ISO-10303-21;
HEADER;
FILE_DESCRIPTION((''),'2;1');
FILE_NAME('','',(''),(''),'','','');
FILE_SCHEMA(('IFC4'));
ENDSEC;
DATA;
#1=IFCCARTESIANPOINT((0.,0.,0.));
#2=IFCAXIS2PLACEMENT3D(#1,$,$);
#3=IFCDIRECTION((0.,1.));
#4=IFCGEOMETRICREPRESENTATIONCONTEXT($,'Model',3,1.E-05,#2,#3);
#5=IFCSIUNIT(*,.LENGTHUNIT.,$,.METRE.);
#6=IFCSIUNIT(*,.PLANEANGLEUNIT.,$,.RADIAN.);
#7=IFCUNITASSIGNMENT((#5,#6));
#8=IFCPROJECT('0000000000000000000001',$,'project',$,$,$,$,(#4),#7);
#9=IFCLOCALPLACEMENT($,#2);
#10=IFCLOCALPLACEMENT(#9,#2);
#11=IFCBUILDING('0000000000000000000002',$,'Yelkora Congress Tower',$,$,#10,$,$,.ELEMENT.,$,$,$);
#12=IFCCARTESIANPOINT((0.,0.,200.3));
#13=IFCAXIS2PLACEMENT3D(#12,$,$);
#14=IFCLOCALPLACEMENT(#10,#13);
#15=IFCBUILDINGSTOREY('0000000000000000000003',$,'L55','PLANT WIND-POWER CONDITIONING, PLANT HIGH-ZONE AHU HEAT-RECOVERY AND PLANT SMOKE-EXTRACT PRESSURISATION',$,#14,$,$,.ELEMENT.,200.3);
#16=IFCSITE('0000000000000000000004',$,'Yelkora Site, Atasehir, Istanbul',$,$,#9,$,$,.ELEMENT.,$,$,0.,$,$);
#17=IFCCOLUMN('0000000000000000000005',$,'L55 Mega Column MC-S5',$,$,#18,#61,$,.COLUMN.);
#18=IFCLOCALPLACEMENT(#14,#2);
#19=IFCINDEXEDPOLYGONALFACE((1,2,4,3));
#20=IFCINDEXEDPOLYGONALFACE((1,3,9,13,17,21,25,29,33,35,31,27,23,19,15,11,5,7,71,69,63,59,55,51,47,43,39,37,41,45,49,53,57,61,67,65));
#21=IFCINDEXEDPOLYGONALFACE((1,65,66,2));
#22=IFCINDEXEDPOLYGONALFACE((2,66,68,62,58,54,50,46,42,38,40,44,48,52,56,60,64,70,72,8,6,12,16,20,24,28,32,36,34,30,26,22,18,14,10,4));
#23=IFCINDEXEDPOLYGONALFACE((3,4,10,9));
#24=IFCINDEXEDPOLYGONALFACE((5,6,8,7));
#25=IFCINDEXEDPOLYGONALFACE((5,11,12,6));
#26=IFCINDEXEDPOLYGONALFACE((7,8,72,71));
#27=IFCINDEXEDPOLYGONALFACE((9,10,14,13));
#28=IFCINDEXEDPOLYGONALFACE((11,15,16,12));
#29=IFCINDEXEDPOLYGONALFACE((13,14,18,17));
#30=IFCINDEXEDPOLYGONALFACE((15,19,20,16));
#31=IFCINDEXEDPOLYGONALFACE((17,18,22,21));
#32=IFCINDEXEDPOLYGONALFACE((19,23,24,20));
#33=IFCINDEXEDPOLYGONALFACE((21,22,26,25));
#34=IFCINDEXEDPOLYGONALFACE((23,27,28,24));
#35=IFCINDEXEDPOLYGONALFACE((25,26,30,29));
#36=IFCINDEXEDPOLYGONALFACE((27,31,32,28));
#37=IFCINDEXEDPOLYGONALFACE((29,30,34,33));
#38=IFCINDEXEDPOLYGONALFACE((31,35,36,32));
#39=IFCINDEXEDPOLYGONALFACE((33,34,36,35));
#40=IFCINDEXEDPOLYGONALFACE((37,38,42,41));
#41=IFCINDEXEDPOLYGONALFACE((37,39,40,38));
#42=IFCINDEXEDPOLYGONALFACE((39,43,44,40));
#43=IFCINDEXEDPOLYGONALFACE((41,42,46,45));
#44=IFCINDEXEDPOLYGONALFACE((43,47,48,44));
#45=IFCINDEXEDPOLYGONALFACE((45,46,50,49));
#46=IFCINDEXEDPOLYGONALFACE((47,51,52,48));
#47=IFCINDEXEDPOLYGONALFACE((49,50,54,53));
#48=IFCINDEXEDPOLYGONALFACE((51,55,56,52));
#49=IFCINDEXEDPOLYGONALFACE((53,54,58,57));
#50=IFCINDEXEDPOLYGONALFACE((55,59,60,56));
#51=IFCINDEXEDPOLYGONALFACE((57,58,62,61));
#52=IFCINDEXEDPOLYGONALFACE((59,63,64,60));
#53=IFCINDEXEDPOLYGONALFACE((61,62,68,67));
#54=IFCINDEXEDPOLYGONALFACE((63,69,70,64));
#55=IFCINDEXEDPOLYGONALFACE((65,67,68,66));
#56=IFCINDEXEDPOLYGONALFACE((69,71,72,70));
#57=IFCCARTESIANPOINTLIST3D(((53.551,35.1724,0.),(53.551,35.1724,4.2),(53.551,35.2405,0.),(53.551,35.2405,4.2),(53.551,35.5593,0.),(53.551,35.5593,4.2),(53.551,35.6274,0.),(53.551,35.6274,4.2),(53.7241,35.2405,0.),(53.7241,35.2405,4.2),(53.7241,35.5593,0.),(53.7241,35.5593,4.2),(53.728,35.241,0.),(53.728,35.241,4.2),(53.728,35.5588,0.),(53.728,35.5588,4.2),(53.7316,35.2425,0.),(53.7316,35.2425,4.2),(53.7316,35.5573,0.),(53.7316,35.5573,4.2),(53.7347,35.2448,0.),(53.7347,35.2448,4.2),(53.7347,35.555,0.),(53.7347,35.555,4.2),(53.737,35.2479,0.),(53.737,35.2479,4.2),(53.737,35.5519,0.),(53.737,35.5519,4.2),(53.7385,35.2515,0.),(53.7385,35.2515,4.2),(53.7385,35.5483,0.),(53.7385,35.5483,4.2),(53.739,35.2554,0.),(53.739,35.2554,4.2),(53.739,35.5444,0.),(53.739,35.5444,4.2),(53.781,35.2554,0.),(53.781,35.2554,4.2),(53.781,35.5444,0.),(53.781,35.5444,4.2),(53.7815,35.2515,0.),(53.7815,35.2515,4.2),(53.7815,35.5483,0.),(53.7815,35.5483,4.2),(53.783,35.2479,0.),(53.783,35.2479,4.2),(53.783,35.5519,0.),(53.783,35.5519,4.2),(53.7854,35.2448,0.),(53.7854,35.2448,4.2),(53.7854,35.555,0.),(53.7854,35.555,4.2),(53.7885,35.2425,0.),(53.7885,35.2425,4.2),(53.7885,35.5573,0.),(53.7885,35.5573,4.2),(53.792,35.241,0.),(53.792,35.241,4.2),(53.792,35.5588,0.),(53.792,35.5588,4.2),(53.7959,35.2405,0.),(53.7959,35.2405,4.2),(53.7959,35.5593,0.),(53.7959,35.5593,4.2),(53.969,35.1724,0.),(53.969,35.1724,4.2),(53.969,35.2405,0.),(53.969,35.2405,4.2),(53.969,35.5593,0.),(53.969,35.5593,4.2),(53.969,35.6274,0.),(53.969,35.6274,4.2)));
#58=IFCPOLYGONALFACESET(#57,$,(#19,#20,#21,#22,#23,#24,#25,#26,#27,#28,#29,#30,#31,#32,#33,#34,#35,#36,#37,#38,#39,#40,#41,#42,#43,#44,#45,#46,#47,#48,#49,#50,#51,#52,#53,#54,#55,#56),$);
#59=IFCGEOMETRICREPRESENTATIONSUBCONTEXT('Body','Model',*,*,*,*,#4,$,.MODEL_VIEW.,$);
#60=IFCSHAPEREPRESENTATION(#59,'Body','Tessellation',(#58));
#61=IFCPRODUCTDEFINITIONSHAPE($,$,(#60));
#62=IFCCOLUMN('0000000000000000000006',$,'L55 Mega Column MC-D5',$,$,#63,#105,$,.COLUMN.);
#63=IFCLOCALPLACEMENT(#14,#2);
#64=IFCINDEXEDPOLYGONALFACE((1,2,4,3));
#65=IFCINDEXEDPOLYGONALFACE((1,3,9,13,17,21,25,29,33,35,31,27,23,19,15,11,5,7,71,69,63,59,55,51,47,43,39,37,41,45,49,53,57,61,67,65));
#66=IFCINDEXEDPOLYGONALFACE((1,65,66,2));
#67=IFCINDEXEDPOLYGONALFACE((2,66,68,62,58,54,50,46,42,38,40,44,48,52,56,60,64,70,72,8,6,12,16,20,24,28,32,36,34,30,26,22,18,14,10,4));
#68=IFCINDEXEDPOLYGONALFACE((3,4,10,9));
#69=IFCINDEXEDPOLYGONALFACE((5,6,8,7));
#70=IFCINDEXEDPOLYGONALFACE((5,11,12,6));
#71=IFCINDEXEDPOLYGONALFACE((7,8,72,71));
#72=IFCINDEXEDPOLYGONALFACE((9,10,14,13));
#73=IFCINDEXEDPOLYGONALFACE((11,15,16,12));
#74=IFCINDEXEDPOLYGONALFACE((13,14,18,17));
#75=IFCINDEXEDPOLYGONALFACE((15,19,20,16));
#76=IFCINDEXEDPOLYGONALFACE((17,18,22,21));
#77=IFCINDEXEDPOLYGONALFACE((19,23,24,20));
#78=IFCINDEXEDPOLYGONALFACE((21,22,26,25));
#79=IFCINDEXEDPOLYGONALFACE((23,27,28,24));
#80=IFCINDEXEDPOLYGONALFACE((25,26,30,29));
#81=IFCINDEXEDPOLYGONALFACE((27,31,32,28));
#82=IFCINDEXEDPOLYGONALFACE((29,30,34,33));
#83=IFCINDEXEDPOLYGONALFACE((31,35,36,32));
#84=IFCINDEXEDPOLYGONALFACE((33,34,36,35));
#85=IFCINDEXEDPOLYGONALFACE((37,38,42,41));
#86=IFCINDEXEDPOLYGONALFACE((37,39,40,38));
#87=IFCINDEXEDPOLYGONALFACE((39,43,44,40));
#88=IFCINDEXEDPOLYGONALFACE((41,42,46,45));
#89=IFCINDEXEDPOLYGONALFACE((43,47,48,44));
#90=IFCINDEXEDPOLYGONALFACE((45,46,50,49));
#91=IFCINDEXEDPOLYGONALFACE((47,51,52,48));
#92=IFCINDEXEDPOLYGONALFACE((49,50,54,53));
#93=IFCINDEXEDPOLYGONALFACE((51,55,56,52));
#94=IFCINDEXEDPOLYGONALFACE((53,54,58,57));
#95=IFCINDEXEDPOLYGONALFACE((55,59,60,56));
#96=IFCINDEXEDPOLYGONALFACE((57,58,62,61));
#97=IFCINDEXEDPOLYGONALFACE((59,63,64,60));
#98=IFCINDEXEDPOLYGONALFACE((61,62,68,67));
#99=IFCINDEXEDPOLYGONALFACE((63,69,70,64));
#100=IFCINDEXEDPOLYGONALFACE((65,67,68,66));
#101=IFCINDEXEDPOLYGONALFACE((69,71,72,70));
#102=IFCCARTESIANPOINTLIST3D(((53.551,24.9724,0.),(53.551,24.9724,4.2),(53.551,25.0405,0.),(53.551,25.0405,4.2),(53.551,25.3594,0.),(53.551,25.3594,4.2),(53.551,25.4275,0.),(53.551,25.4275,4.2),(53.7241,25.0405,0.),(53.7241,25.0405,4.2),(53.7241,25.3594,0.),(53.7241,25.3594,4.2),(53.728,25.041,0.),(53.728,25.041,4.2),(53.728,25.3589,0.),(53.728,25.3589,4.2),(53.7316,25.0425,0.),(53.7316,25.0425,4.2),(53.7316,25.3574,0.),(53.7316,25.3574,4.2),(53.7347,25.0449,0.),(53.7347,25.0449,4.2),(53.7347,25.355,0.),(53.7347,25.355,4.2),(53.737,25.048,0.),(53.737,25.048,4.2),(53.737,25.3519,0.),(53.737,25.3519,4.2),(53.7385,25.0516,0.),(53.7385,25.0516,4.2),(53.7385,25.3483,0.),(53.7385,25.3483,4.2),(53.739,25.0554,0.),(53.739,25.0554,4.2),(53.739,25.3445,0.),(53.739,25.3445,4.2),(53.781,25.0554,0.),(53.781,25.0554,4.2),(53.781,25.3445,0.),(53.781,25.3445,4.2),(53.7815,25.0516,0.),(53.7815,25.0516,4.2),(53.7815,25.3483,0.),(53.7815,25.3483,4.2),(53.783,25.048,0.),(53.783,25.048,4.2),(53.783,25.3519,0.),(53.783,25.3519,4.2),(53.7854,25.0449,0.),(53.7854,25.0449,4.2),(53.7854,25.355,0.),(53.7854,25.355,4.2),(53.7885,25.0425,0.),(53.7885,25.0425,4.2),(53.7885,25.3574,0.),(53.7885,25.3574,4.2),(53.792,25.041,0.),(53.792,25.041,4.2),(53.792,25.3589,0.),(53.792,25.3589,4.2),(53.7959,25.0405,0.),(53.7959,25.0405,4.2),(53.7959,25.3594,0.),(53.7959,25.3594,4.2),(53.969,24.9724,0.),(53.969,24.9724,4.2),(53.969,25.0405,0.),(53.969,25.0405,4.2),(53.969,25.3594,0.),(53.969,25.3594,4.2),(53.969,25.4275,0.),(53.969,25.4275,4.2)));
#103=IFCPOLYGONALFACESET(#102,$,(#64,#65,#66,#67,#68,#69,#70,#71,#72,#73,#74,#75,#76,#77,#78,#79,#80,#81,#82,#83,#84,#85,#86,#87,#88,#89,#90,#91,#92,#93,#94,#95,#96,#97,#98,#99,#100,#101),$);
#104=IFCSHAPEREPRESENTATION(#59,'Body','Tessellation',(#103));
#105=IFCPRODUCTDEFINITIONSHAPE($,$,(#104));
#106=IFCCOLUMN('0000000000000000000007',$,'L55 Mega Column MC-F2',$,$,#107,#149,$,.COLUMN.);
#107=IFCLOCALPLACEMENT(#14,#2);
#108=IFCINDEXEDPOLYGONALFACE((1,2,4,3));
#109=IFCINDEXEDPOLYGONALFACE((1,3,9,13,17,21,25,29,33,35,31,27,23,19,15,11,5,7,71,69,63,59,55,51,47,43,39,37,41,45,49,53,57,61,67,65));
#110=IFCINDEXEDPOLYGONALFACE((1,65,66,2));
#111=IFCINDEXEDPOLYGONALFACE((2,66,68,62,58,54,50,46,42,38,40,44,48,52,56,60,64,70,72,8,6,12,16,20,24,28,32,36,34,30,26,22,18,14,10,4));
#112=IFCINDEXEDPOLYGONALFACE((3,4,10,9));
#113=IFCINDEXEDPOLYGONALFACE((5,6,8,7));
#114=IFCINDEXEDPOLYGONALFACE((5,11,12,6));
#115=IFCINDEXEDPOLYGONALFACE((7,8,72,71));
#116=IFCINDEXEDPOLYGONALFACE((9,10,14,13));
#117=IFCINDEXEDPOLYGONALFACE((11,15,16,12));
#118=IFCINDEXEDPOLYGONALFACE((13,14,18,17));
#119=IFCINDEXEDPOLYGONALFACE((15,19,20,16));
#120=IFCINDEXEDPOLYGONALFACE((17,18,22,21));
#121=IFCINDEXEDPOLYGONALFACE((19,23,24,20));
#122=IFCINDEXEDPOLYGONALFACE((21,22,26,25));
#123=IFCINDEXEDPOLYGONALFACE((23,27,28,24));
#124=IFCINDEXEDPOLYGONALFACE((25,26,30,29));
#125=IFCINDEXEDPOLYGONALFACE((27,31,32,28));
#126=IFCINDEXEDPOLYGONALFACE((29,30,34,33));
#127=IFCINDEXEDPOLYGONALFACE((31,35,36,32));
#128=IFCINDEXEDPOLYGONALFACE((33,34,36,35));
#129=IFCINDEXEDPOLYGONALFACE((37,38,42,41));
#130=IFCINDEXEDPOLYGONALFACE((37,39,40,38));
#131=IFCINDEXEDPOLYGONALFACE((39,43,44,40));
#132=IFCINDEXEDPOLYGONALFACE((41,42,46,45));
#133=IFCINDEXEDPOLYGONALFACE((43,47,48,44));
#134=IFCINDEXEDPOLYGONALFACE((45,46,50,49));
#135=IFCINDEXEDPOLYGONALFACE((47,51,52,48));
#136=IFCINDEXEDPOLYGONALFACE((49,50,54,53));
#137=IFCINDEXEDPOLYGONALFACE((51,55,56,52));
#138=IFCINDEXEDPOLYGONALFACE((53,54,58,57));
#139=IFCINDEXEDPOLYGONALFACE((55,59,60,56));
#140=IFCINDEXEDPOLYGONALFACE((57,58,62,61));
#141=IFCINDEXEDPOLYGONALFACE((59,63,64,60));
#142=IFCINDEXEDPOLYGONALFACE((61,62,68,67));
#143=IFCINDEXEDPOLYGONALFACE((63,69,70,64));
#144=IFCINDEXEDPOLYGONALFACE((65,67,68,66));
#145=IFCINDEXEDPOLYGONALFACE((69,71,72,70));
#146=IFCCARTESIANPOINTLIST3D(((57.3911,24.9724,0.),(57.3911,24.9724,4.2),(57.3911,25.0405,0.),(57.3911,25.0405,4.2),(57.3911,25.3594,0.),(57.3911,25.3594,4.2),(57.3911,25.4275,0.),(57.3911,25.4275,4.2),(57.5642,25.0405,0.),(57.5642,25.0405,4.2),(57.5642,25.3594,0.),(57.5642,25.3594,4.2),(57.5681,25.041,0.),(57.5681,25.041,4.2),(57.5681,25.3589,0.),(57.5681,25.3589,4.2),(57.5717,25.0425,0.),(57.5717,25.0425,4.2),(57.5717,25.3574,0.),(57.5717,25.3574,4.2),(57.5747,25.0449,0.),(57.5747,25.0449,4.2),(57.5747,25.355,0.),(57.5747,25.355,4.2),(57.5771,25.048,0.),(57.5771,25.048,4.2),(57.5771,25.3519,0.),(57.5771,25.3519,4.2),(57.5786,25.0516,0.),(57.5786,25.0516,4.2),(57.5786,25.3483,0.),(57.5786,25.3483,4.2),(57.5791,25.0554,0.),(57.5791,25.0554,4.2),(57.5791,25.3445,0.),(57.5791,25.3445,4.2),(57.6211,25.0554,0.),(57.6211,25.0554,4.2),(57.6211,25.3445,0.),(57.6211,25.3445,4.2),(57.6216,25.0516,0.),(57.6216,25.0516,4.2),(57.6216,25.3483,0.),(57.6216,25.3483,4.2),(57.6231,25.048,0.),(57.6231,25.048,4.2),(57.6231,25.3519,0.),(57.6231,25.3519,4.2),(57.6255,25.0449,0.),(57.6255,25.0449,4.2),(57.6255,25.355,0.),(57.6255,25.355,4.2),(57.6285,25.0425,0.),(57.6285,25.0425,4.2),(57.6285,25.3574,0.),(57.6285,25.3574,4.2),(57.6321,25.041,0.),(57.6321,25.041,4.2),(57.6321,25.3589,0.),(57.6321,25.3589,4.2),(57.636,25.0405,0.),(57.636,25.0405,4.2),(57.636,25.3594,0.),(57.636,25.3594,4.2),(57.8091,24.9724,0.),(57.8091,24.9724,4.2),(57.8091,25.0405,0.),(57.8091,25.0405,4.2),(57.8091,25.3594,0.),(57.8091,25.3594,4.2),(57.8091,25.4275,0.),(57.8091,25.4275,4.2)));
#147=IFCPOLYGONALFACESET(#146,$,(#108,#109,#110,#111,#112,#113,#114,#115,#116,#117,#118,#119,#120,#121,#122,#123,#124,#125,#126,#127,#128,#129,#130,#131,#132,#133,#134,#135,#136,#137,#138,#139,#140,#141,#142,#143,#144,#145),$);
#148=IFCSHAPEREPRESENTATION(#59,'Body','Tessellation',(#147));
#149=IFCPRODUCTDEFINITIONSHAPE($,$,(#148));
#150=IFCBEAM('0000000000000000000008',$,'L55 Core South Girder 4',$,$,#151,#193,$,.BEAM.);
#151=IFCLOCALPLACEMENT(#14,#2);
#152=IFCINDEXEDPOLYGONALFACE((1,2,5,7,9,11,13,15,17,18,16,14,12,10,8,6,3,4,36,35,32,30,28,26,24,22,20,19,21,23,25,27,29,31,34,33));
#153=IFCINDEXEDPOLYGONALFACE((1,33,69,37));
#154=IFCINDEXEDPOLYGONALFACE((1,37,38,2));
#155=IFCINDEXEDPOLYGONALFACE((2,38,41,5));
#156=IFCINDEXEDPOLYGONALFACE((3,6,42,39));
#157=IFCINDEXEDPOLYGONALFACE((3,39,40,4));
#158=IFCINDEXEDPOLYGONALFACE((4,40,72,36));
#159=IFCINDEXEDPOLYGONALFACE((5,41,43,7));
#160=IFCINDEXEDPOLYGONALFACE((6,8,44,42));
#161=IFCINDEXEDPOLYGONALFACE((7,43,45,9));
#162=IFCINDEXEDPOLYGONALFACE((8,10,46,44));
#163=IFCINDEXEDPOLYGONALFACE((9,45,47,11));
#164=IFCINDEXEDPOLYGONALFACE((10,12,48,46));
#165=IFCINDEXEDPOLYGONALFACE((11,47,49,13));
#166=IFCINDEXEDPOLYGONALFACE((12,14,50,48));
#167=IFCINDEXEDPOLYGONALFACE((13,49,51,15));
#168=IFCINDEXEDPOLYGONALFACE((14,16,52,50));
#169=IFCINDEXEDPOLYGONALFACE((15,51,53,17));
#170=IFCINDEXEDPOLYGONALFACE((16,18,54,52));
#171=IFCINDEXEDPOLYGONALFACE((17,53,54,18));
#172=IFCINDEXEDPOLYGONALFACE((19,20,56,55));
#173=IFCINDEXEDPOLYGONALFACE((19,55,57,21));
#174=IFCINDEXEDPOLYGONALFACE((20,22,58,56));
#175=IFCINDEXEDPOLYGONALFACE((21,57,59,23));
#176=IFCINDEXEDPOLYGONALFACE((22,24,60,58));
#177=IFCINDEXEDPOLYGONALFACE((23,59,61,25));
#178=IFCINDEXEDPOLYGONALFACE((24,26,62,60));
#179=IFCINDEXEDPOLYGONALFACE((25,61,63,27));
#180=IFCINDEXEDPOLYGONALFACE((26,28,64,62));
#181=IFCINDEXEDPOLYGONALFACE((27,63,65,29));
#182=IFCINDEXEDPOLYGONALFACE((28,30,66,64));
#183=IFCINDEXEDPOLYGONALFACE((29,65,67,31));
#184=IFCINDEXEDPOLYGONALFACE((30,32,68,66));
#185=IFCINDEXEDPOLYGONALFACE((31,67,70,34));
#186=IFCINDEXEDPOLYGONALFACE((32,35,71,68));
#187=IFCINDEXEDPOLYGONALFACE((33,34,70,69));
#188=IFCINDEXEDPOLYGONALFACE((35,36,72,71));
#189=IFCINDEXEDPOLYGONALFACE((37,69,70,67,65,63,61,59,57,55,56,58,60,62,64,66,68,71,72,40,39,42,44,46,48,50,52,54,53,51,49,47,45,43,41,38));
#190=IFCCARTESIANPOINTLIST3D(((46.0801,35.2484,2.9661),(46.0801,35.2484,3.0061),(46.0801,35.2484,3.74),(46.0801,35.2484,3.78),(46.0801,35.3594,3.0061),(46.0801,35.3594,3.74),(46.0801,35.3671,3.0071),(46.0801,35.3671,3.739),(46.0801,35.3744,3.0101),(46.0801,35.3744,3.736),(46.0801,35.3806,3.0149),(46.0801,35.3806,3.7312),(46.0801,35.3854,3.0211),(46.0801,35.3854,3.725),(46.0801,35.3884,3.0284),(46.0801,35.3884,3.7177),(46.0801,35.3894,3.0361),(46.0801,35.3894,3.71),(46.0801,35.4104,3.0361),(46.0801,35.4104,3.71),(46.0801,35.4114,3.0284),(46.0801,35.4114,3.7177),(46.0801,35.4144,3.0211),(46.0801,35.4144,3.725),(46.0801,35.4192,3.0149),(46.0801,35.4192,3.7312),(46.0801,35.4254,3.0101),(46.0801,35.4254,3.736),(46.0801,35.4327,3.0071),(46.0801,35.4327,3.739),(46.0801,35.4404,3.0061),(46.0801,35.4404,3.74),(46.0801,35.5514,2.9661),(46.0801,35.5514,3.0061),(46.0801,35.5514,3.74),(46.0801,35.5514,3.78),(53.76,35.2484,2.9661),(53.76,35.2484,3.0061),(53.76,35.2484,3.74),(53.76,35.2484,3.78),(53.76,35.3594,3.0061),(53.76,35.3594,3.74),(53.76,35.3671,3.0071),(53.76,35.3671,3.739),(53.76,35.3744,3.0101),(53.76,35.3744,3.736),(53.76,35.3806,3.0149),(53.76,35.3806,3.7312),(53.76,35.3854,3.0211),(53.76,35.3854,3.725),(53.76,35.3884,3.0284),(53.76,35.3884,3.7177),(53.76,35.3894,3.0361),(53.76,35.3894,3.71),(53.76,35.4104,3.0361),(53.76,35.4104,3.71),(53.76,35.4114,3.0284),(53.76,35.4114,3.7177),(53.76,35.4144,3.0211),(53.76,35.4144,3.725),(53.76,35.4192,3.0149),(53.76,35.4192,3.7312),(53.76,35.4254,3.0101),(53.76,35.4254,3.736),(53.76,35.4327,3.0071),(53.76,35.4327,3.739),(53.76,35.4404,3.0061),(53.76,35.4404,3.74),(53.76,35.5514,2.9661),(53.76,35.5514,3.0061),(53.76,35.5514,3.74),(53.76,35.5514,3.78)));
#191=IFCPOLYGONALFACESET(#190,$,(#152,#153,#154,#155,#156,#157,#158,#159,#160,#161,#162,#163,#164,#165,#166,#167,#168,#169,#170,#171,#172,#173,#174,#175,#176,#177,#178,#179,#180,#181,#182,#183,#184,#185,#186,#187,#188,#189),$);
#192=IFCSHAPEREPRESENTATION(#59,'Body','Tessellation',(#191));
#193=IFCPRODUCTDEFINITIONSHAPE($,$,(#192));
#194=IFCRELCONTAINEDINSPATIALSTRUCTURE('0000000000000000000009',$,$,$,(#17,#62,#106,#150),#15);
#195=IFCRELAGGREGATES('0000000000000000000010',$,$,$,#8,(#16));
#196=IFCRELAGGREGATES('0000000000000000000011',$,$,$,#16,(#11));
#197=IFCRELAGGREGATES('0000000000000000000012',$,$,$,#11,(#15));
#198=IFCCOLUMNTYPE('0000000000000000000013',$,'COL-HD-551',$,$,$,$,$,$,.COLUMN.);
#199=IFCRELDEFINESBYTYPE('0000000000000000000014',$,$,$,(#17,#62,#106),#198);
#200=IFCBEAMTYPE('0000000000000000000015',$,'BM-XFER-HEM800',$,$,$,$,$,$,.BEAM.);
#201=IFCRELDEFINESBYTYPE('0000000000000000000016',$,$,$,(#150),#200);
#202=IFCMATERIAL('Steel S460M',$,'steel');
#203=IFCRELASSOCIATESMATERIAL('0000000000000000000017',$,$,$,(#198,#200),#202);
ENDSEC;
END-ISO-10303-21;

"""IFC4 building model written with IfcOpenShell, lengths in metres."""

from ifc_helpers import new_model, si_unit, direction, frame, origin, origin_2d, place, context, subcontext, project, spatial, i_section, extrude, material, material_profile, profile_set, type_object, element, save


model = new_model("IFC4")

# Units and contexts
model_context = context("Model", 3, precision=1e-05, world=origin(), true_north=direction((0.0, 1.0)))
body_context = subcontext(model_context, "Body", "Model", "MODEL_VIEW")
ifc_project = project(units=[si_unit("LENGTHUNIT", "METRE"), si_unit("PLANEANGLEUNIT", "RADIAN")], contexts=[model_context])

# Site, building, storey
site_placement = place(None, origin())
site = spatial("IfcSite", under=ifc_project, at=site_placement, Name="Yelkora Site, Atasehir, Istanbul", CompositionType="ELEMENT", RefElevation=0.0)
building_placement = place(site_placement, origin())
building = spatial("IfcBuilding", under=site, at=building_placement, Name="Yelkora Congress Tower", CompositionType="ELEMENT")
storey_placement = place(building_placement, frame((0.0, 0.0, 200.3)))
storey = spatial("IfcBuildingStorey", under=building, at=storey_placement, Name="L55", Description="PLANT WIND-POWER CONDITIONING, PLANT HIGH-ZONE AHU HEAT-RECOVERY AND PLANT SMOKE-EXTRACT PRESSURISATION", CompositionType="ELEMENT", Elevation=200.3)

# Columns
ifc_material_1 = material(Name="Steel S460M", Category="steel")
ifc_material_profile_1 = material_profile(ifc_material_1, i_section(OverallWidth=0.418, OverallDepth=0.4551, WebThickness=0.042, FlangeThickness=0.0681, FilletRadius=0.0149, at=origin_2d()), Name="HD 400x551")
ifc_profile_set_1 = profile_set([ifc_material_profile_1], Name="Steel S460M")
column_type = type_object("IfcColumnType", Name="COL-HD-551", PredefinedType="COLUMN", material=ifc_profile_set_1)
for number, where, z_axis, x_axis, name in (
    (1, (53.76, 35.3999, 0.0), (0.0, 0.0, 1.0), (1.0, 0.0, 0.0), "L55 Mega Column MC-S5"),
    (2, (53.76, 25.2, 0.0), (0.0, 0.0, 1.0), (1.0, 0.0, 0.0), "L55 Mega Column MC-D5"),
    (3, (57.6001, 25.2, 0.0), (0.0, 0.0, 1.0), (1.0, 0.0, 0.0), "L55 Mega Column MC-F2"),
):
    element("IfcColumn", number, at=place(storey_placement, frame(where, z_axis=z_axis, x_axis=x_axis)), inside=storey, type_object=column_type, Name=name, PredefinedType="COLUMN", context=body_context, shape_type="SweptSolid", body=[
        extrude(i_section(OverallWidth=0.418, OverallDepth=0.4551, WebThickness=0.042, FlangeThickness=0.0681, FilletRadius=0.0149, at=origin_2d()), origin(), (0.0, 0.0, 1.0), 4.2),
    ])

# Beam
ifc_material_profile_2 = material_profile(ifc_material_1, i_section(OverallWidth=0.303, OverallDepth=0.814, WebThickness=0.021, FlangeThickness=0.04, FilletRadius=0.03, at=origin_2d()), Name="HEM 800")
ifc_profile_set_2 = profile_set([ifc_material_profile_2], Name="Steel S460M")
beam_type_1 = type_object("IfcBeamType", Name="BM-XFER-HEM800", PredefinedType="BEAM", material=ifc_profile_set_2)
beam_1_placement = place(storey_placement, frame((46.0801, 35.3999, 3.373), z_axis=(1.0, 0.0, 0.0), x_axis=(0.0, 1.0, 0.0)))
element("IfcBeam", 4, at=beam_1_placement, inside=storey, type_object=beam_type_1, Name="L55 Core South Girder 4", PredefinedType="BEAM", context=body_context, shape_type="SweptSolid", body=[
    extrude(i_section(OverallWidth=0.303, OverallDepth=0.814, WebThickness=0.021, FlangeThickness=0.04, FilletRadius=0.03, at=origin_2d()), origin(), (0.0, 0.0, 1.0), 7.6799),
])

save(model, "model.ifc")
